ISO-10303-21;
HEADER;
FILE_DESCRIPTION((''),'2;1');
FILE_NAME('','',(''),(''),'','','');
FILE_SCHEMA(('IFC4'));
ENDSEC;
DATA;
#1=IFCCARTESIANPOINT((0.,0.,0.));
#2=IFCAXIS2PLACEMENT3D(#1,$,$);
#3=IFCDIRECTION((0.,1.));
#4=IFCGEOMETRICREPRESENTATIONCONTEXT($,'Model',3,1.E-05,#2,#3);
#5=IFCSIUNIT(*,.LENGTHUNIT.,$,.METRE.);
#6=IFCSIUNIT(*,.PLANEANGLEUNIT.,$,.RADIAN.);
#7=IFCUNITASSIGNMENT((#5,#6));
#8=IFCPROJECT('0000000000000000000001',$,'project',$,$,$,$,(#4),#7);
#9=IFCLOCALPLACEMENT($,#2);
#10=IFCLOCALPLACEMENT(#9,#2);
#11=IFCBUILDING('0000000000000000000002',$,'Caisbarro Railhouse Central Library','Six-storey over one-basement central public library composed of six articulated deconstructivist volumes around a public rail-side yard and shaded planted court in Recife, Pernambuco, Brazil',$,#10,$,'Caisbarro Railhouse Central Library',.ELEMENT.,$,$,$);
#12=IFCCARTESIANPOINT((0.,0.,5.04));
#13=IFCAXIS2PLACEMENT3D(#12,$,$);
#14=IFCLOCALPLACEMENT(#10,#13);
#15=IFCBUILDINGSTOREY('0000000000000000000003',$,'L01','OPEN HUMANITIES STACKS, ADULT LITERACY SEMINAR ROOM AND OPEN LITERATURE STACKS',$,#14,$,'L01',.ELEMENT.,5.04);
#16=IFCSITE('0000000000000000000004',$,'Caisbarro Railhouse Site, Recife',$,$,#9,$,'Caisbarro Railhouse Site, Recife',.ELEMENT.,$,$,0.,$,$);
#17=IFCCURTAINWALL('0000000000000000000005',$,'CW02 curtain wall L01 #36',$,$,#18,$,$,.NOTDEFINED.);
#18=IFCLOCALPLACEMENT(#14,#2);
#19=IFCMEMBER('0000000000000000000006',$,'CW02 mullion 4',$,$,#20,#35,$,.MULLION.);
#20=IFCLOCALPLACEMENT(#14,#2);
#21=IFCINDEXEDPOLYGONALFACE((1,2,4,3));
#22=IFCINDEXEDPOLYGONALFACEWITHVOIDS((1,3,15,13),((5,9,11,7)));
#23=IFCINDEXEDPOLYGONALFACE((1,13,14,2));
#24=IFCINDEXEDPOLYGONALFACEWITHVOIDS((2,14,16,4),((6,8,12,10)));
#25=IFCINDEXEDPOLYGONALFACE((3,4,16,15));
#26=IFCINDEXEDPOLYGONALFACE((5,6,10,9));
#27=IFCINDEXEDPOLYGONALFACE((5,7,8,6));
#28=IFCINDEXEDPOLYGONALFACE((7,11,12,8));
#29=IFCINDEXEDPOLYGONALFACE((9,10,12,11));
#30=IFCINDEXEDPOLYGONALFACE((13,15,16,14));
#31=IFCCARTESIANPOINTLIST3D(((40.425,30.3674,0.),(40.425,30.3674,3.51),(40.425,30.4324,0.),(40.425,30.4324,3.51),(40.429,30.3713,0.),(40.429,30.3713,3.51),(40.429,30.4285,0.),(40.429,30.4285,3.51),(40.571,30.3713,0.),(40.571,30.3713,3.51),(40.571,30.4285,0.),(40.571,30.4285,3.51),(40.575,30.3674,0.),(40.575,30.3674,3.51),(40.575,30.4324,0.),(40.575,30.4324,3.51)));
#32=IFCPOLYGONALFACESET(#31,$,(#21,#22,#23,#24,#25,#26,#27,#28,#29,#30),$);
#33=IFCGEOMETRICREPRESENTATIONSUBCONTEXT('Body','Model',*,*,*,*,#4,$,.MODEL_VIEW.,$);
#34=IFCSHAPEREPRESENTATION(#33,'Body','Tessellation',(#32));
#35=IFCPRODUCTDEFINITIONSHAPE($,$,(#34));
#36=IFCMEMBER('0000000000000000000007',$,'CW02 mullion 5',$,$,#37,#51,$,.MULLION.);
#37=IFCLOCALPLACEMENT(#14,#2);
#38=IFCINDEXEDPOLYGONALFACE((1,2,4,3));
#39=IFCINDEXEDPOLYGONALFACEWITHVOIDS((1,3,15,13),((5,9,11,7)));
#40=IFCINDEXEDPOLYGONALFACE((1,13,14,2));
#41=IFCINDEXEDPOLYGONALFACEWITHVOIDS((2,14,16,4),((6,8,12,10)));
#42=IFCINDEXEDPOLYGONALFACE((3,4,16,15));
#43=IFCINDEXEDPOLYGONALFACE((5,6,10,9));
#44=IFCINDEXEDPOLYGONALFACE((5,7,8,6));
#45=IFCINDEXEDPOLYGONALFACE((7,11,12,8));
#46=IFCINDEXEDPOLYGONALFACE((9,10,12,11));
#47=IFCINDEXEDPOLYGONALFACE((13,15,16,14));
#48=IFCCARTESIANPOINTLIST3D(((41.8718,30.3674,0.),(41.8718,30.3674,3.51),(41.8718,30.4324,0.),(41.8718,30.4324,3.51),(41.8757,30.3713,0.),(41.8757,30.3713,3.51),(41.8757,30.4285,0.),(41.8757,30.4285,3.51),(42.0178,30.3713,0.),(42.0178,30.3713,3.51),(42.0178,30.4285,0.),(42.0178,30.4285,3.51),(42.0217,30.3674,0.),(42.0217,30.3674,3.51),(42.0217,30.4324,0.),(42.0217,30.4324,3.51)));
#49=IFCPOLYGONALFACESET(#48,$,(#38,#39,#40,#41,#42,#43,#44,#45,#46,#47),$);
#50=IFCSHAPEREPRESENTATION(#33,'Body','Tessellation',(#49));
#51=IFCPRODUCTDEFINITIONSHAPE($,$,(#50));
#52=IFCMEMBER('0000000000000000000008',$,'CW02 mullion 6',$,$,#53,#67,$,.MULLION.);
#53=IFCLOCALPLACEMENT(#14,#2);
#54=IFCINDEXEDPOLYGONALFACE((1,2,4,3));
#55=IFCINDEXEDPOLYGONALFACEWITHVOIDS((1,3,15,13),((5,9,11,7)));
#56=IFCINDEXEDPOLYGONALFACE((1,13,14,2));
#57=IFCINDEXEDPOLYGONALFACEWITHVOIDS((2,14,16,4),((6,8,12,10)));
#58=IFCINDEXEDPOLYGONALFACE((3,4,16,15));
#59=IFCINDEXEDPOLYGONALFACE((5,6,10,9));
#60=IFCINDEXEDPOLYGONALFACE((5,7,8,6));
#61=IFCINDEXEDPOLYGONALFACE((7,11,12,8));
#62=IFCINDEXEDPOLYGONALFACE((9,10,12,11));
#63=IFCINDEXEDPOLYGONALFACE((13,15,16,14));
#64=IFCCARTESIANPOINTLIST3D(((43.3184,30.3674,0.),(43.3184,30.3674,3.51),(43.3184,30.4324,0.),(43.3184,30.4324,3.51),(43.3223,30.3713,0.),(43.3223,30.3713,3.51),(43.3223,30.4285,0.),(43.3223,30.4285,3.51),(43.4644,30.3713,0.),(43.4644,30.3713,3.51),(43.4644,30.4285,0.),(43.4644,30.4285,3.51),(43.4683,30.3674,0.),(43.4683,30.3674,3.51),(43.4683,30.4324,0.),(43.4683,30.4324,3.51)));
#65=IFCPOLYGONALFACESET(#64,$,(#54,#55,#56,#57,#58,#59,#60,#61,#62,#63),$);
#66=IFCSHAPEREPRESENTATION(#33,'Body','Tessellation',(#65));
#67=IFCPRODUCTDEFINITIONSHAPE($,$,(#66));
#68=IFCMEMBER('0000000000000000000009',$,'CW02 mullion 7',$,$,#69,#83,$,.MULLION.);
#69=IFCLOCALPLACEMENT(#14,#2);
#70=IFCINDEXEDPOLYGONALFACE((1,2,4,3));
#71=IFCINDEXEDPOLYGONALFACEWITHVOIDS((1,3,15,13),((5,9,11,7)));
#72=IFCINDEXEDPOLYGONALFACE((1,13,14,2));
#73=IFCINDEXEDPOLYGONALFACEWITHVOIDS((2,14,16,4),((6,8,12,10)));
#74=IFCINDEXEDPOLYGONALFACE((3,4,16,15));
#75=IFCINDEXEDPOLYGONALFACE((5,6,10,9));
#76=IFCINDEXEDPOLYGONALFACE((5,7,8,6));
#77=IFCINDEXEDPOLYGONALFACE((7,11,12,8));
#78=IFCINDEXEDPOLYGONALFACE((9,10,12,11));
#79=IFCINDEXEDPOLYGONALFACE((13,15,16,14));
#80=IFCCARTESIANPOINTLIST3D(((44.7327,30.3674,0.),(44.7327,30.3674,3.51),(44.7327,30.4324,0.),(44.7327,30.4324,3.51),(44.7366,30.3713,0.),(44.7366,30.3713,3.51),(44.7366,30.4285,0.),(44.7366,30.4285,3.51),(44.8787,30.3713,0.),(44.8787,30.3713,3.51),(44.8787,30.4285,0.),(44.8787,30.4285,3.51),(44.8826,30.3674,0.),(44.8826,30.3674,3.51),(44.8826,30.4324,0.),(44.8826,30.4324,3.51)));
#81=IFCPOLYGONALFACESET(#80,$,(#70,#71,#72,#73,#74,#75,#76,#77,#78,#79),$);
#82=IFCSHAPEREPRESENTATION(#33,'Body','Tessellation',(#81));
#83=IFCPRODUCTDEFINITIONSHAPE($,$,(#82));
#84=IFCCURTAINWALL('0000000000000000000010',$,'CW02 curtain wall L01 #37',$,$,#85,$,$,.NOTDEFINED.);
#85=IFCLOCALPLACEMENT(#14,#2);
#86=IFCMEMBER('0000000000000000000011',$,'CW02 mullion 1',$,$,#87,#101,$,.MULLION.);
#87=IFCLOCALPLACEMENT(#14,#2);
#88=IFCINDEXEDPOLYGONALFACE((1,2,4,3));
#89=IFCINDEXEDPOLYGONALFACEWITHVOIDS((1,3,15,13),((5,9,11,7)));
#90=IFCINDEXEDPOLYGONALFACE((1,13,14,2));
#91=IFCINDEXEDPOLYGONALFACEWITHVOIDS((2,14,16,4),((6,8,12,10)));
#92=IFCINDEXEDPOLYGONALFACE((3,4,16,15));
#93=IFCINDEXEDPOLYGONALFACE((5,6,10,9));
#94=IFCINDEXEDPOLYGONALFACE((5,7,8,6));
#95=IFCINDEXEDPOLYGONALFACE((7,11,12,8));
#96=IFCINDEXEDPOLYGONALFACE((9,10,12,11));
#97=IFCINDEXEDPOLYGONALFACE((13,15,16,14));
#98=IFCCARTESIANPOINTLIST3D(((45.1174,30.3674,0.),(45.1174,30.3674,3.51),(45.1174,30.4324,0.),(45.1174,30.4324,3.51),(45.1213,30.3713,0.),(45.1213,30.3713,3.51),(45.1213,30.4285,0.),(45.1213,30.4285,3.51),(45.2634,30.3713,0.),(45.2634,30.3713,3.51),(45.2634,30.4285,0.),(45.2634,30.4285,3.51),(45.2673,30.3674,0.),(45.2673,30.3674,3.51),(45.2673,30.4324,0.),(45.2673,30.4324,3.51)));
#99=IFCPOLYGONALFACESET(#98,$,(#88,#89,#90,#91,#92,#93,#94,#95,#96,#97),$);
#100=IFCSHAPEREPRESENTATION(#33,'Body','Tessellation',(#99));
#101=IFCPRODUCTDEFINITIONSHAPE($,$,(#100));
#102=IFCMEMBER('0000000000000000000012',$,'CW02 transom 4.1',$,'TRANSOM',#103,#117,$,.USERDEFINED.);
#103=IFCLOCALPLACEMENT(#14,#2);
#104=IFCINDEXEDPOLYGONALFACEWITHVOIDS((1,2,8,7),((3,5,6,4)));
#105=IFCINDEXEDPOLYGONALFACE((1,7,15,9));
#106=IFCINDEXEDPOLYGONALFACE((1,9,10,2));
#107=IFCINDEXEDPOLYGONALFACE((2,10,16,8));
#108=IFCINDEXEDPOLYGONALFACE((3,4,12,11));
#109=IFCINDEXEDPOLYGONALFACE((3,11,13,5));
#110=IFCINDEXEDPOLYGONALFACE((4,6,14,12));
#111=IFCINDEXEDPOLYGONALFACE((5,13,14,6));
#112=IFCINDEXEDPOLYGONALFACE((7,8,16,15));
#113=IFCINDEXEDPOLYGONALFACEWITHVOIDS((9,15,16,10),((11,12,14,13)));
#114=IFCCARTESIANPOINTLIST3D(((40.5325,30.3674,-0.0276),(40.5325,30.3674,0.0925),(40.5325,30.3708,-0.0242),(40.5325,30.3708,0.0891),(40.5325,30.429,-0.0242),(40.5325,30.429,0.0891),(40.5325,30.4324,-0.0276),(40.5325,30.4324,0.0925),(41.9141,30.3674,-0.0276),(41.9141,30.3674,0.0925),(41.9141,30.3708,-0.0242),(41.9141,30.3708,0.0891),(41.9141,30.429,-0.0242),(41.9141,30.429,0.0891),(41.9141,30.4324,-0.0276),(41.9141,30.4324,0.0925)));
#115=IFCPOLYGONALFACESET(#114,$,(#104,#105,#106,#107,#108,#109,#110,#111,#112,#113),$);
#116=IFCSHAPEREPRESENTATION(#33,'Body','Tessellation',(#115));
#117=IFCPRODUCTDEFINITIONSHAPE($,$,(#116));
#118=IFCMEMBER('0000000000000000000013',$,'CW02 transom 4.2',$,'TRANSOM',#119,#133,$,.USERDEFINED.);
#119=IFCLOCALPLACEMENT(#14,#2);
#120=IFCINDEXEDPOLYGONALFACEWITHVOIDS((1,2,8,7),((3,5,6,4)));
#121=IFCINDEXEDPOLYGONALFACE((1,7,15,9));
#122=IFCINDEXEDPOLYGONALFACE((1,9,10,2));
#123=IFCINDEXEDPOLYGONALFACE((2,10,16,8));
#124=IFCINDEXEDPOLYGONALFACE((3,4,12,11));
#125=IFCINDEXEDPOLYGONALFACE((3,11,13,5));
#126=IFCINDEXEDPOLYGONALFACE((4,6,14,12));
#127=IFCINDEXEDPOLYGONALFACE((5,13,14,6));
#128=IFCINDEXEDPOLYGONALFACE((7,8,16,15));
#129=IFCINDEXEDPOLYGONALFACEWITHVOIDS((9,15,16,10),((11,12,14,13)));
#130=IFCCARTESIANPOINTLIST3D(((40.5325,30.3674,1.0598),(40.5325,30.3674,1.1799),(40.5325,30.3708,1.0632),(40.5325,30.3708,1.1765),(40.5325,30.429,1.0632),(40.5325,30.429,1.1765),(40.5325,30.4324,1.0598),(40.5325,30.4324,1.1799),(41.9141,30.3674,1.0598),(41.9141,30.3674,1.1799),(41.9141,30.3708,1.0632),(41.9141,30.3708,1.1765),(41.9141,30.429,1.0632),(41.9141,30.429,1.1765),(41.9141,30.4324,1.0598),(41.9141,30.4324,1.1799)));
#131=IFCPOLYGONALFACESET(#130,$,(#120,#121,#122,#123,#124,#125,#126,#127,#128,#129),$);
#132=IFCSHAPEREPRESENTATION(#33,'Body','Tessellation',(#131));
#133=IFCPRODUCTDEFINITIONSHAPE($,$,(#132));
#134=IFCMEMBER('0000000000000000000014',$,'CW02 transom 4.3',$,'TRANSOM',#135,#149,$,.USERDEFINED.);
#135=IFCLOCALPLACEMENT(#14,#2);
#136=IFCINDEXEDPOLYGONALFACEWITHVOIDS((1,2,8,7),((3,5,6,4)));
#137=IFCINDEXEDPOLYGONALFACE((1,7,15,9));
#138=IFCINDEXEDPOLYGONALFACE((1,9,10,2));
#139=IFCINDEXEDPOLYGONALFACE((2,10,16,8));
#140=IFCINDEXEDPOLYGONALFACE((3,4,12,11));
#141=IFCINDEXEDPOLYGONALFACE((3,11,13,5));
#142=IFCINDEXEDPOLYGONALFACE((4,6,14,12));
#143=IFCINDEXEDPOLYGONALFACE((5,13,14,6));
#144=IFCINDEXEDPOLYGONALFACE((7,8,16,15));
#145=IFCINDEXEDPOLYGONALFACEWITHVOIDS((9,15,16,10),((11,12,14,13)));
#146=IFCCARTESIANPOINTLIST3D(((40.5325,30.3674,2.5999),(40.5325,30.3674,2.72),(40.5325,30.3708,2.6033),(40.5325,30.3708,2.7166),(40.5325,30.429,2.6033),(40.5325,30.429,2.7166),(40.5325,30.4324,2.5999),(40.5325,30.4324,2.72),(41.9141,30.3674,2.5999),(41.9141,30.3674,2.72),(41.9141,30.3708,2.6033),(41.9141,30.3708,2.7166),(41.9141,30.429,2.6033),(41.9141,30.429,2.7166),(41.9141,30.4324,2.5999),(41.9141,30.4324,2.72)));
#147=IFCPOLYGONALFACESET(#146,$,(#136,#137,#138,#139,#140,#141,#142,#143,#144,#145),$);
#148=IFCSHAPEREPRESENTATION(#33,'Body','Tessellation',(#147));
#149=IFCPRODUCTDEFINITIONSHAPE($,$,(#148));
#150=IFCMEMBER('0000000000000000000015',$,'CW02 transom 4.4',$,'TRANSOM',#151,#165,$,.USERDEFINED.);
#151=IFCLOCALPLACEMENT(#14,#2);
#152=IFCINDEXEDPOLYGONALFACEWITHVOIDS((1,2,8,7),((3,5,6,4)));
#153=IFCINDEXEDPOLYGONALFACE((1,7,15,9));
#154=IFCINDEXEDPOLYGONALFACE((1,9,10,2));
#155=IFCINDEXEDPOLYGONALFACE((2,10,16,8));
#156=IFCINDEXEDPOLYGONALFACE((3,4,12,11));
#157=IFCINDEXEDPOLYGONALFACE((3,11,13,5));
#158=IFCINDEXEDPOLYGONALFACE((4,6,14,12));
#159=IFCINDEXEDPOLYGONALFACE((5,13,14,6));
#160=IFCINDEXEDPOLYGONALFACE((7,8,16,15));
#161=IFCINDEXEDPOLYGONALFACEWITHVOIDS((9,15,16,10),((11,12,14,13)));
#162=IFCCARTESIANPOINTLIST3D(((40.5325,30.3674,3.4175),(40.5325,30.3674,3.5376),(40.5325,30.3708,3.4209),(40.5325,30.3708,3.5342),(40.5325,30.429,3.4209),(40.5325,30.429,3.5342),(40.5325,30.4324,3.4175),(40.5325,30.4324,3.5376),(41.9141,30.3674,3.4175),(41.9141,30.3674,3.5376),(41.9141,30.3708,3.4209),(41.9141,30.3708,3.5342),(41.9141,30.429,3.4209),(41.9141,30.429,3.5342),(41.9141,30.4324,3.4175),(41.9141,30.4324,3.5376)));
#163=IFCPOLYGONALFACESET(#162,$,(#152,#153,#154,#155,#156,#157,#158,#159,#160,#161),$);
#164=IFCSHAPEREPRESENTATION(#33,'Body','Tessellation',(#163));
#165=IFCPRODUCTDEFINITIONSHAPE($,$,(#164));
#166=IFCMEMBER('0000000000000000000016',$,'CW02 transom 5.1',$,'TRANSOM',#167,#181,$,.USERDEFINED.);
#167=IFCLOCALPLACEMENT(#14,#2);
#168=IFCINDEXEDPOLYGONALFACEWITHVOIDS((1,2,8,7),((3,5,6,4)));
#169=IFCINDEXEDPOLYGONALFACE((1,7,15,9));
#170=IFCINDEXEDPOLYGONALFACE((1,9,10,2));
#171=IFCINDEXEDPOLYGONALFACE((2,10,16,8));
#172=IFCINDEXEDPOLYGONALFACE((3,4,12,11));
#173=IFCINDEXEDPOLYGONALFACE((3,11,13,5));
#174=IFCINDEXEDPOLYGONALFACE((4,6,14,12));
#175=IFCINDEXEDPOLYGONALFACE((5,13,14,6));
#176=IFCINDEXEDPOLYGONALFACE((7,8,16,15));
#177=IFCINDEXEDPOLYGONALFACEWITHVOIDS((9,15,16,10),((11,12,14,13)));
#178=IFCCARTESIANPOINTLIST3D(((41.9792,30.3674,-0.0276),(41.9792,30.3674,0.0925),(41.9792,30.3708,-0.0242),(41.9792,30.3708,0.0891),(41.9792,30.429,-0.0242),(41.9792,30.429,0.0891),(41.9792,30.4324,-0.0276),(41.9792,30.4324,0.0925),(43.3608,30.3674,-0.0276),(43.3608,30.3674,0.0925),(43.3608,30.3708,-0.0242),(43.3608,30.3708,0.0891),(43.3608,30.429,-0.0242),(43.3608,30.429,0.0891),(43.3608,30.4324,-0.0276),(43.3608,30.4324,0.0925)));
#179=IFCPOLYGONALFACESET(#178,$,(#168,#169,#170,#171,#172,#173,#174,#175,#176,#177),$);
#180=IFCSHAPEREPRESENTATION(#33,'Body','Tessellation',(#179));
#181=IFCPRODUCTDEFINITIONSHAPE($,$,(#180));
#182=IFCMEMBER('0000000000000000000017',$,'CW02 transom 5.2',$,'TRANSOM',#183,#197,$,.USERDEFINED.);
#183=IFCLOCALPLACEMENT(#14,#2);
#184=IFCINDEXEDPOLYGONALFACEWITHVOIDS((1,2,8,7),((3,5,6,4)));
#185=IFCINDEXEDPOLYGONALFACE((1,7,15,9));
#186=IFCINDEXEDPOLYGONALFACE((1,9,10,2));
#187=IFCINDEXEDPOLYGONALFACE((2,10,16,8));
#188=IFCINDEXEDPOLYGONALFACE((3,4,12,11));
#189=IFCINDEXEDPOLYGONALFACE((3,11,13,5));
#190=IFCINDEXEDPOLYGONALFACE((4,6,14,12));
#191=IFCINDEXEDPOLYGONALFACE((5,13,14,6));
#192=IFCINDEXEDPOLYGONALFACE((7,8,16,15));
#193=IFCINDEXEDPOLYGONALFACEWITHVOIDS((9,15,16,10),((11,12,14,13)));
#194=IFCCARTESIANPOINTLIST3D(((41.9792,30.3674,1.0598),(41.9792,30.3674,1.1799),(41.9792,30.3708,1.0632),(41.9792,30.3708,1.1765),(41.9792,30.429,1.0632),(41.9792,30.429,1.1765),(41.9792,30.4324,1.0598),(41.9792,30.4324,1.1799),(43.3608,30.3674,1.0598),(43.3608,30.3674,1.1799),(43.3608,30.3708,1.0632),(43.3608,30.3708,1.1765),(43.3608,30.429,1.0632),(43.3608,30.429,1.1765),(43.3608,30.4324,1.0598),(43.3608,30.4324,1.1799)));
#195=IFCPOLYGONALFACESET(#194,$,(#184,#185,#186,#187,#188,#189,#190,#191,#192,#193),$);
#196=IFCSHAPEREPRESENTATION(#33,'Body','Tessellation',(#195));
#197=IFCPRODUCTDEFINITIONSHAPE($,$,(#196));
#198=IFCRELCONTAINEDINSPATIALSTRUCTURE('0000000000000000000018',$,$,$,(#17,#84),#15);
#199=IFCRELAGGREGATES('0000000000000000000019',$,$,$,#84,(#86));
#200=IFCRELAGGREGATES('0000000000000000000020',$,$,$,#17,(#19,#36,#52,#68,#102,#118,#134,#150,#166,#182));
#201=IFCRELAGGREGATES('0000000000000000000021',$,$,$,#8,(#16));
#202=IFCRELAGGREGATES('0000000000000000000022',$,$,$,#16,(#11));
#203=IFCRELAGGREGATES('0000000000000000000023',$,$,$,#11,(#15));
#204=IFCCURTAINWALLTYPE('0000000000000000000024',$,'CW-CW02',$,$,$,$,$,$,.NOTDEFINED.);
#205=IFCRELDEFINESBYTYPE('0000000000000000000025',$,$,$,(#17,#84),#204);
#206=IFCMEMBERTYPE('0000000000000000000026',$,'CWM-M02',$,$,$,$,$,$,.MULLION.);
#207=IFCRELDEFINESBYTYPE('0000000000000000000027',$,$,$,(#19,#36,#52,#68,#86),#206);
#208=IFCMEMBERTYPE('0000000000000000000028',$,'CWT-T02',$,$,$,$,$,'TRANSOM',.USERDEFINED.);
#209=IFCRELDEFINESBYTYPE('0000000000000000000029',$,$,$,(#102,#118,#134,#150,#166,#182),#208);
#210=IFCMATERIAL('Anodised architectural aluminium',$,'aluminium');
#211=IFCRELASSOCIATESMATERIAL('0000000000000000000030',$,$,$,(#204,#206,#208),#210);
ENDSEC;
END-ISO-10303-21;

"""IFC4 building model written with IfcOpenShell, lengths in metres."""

from ifc_helpers import new_model, si_unit, direction, frame, origin, origin_2d, place, context, subcontext, project, spatial, hollow_rectangle, extrude, material, material_profile, profile_set, type_object, element, aggregate, save


model = new_model("IFC4")

# Units and contexts
model_context = context("Model", 3, precision=1e-05, world=origin(), true_north=direction((0.0, 1.0)))
body_context = subcontext(model_context, "Body", "Model", "MODEL_VIEW")
ifc_project = project(units=[si_unit("LENGTHUNIT", "METRE"), si_unit("PLANEANGLEUNIT", "RADIAN")], contexts=[model_context])

# Site, building, storey
site_placement = place(None, origin())
site = spatial("IfcSite", under=ifc_project, at=site_placement, Name="Caisbarro Railhouse Site, Recife", LongName="Caisbarro Railhouse Site, Recife", CompositionType="ELEMENT", RefElevation=0.0)
building_placement = place(site_placement, origin())
building = spatial("IfcBuilding", under=site, at=building_placement, Name="Caisbarro Railhouse Central Library", Description="Six-storey over one-basement central public library composed of six articulated deconstructivist volumes around a public rail-side yard and shaded planted court in Recife, Pernambuco, Brazil", LongName="Caisbarro Railhouse Central Library", CompositionType="ELEMENT")
storey_placement = place(building_placement, frame((0.0, 0.0, 5.04)))
storey = spatial("IfcBuildingStorey", under=building, at=storey_placement, Name="L01", Description="OPEN HUMANITIES STACKS, ADULT LITERACY SEMINAR ROOM AND OPEN LITERATURE STACKS", LongName="L01", CompositionType="ELEMENT", Elevation=5.04)

# Curtain wall, members
ifc_material_1 = material(Name="Anodised architectural aluminium", Category="aluminium")
curtain_wall_type = type_object("IfcCurtainWallType", Name="CW-CW02", PredefinedType="NOTDEFINED", material=ifc_material_1)
curtain_wall_1_placement = place(storey_placement, origin())
curtain_wall_1 = element("IfcCurtainWall", 1, at=curtain_wall_1_placement, inside=storey, type_object=curtain_wall_type, Name="CW02 curtain wall L01 #36", PredefinedType="NOTDEFINED")
ifc_material_profile_1 = material_profile(ifc_material_1, hollow_rectangle(XDim=0.0649, YDim=0.1499, WallThickness=0.0039, at=origin_2d()), Name="ALU-MUL-65X150")
ifc_profile_set_1 = profile_set([ifc_material_profile_1], Name="Anodised architectural aluminium")
member_type_1 = type_object("IfcMemberType", Name="CWM-M02", PredefinedType="MULLION", material=ifc_profile_set_1)
member_1_placement = place(storey_placement, frame((40.5, 30.3999, 0.0), z_axis=(0.0, 0.0, 1.0), x_axis=(0.0, 1.0, 0.0)))
member_1 = element("IfcMember", 2, at=member_1_placement, type_object=member_type_1, Name="CW02 mullion 4", PredefinedType="MULLION", context=body_context, shape_type="SweptSolid", body=[
    extrude(hollow_rectangle(XDim=0.0649, YDim=0.1499, WallThickness=0.0039, at=origin_2d()), origin(), (0.0, 0.0, 1.0), 3.51),
])
member_2_placement = place(storey_placement, frame((41.9468, 30.3999, 0.0), z_axis=(0.0, 0.0, 1.0), x_axis=(0.0, 1.0, 0.0)))
member_2 = element("IfcMember", 3, at=member_2_placement, type_object=member_type_1, Name="CW02 mullion 5", PredefinedType="MULLION", context=body_context, shape_type="SweptSolid", body=[
    extrude(hollow_rectangle(XDim=0.0649, YDim=0.1499, WallThickness=0.0039, at=origin_2d()), origin(), (0.0, 0.0, 1.0), 3.51),
])
member_3_placement = place(storey_placement, frame((43.3933, 30.3999, 0.0), z_axis=(0.0, 0.0, 1.0), x_axis=(0.0, 1.0, 0.0)))
member_3 = element("IfcMember", 4, at=member_3_placement, type_object=member_type_1, Name="CW02 mullion 6", PredefinedType="MULLION", context=body_context, shape_type="SweptSolid", body=[
    extrude(hollow_rectangle(XDim=0.0649, YDim=0.1499, WallThickness=0.0039, at=origin_2d()), origin(), (0.0, 0.0, 1.0), 3.51),
])
member_4_placement = place(storey_placement, frame((44.8076, 30.3999, 0.0), z_axis=(0.0, 0.0, 1.0), x_axis=(0.0, 1.0, 0.0)))
member_4 = element("IfcMember", 5, at=member_4_placement, type_object=member_type_1, Name="CW02 mullion 7", PredefinedType="MULLION", context=body_context, shape_type="SweptSolid", body=[
    extrude(hollow_rectangle(XDim=0.0649, YDim=0.1499, WallThickness=0.0039, at=origin_2d()), origin(), (0.0, 0.0, 1.0), 3.51),
])

# Curtain wall, member
curtain_wall_2_placement = place(storey_placement, origin())
curtain_wall_2 = element("IfcCurtainWall", 6, at=curtain_wall_2_placement, inside=storey, type_object=curtain_wall_type, Name="CW02 curtain wall L01 #37", PredefinedType="NOTDEFINED")
member_5_placement = place(storey_placement, frame((45.1924, 30.3999, 0.0), z_axis=(0.0, 0.0, 1.0), x_axis=(0.0, 1.0, 0.0)))
member_5 = element("IfcMember", 7, at=member_5_placement, type_object=member_type_1, Name="CW02 mullion 1", PredefinedType="MULLION", context=body_context, shape_type="SweptSolid", body=[
    extrude(hollow_rectangle(XDim=0.0649, YDim=0.1499, WallThickness=0.0039, at=origin_2d()), origin(), (0.0, 0.0, 1.0), 3.51),
])

# Members
ifc_material_profile_2 = material_profile(ifc_material_1, hollow_rectangle(XDim=0.0649, YDim=0.1201, WallThickness=0.0034, at=origin_2d()), Name="ALU-TRN-65X120")
ifc_profile_set_2 = profile_set([ifc_material_profile_2], Name="Anodised architectural aluminium")
member_type_2 = type_object("IfcMemberType", Name="CWT-T02", ElementType="TRANSOM", PredefinedType="USERDEFINED", material=ifc_profile_set_2)
member_6_placement = place(storey_placement, frame((40.5325, 30.3999, 0.0325), z_axis=(1.0, 0.0, 0.0), x_axis=(0.0, 1.0, 0.0)))
member_6 = element("IfcMember", 8, at=member_6_placement, type_object=member_type_2, Name="CW02 transom 4.1", ObjectType="TRANSOM", PredefinedType="USERDEFINED", context=body_context, shape_type="SweptSolid", body=[
    extrude(hollow_rectangle(XDim=0.0649, YDim=0.1201, WallThickness=0.0034, at=origin_2d()), origin(), (0.0, 0.0, 1.0), 1.3816),
])
member_7_placement = place(storey_placement, frame((40.5325, 30.3999, 1.1199), z_axis=(1.0, 0.0, 0.0), x_axis=(0.0, 1.0, 0.0)))
member_7 = element("IfcMember", 9, at=member_7_placement, type_object=member_type_2, Name="CW02 transom 4.2", ObjectType="TRANSOM", PredefinedType="USERDEFINED", context=body_context, shape_type="SweptSolid", body=[
    extrude(hollow_rectangle(XDim=0.0649, YDim=0.1201, WallThickness=0.0034, at=origin_2d()), origin(), (0.0, 0.0, 1.0), 1.3816),
])
member_8_placement = place(storey_placement, frame((40.5325, 30.3999, 2.6599), z_axis=(1.0, 0.0, 0.0), x_axis=(0.0, 1.0, 0.0)))
member_8 = element("IfcMember", 10, at=member_8_placement, type_object=member_type_2, Name="CW02 transom 4.3", ObjectType="TRANSOM", PredefinedType="USERDEFINED", context=body_context, shape_type="SweptSolid", body=[
    extrude(hollow_rectangle(XDim=0.0649, YDim=0.1201, WallThickness=0.0034, at=origin_2d()), origin(), (0.0, 0.0, 1.0), 1.3816),
])
member_9_placement = place(storey_placement, frame((40.5325, 30.3999, 3.4775), z_axis=(1.0, 0.0, 0.0), x_axis=(0.0, 1.0, 0.0)))
member_9 = element("IfcMember", 11, at=member_9_placement, type_object=member_type_2, Name="CW02 transom 4.4", ObjectType="TRANSOM", PredefinedType="USERDEFINED", context=body_context, shape_type="SweptSolid", body=[
    extrude(hollow_rectangle(XDim=0.0649, YDim=0.1201, WallThickness=0.0034, at=origin_2d()), origin(), (0.0, 0.0, 1.0), 1.3816),
])
member_10_placement = place(storey_placement, frame((41.9792, 30.3999, 0.0325), z_axis=(1.0, 0.0, 0.0), x_axis=(0.0, 1.0, 0.0)))
member_10 = element("IfcMember", 12, at=member_10_placement, type_object=member_type_2, Name="CW02 transom 5.1", ObjectType="TRANSOM", PredefinedType="USERDEFINED", context=body_context, shape_type="SweptSolid", body=[
    extrude(hollow_rectangle(XDim=0.0649, YDim=0.1201, WallThickness=0.0034, at=origin_2d()), origin(), (0.0, 0.0, 1.0), 1.3816),
])
member_11_placement = place(storey_placement, frame((41.9792, 30.3999, 1.1199), z_axis=(1.0, 0.0, 0.0), x_axis=(0.0, 1.0, 0.0)))
member_11 = element("IfcMember", 13, at=member_11_placement, type_object=member_type_2, Name="CW02 transom 5.2", ObjectType="TRANSOM", PredefinedType="USERDEFINED", context=body_context, shape_type="SweptSolid", body=[
    extrude(hollow_rectangle(XDim=0.0649, YDim=0.1201, WallThickness=0.0034, at=origin_2d()), origin(), (0.0, 0.0, 1.0), 1.3816),
])
aggregate(curtain_wall_2, [member_5])

aggregate(curtain_wall_1, [member_1, member_2, member_3, member_4, member_6, member_7, member_8, member_9, member_10, member_11])

save(model, "model.ifc")
